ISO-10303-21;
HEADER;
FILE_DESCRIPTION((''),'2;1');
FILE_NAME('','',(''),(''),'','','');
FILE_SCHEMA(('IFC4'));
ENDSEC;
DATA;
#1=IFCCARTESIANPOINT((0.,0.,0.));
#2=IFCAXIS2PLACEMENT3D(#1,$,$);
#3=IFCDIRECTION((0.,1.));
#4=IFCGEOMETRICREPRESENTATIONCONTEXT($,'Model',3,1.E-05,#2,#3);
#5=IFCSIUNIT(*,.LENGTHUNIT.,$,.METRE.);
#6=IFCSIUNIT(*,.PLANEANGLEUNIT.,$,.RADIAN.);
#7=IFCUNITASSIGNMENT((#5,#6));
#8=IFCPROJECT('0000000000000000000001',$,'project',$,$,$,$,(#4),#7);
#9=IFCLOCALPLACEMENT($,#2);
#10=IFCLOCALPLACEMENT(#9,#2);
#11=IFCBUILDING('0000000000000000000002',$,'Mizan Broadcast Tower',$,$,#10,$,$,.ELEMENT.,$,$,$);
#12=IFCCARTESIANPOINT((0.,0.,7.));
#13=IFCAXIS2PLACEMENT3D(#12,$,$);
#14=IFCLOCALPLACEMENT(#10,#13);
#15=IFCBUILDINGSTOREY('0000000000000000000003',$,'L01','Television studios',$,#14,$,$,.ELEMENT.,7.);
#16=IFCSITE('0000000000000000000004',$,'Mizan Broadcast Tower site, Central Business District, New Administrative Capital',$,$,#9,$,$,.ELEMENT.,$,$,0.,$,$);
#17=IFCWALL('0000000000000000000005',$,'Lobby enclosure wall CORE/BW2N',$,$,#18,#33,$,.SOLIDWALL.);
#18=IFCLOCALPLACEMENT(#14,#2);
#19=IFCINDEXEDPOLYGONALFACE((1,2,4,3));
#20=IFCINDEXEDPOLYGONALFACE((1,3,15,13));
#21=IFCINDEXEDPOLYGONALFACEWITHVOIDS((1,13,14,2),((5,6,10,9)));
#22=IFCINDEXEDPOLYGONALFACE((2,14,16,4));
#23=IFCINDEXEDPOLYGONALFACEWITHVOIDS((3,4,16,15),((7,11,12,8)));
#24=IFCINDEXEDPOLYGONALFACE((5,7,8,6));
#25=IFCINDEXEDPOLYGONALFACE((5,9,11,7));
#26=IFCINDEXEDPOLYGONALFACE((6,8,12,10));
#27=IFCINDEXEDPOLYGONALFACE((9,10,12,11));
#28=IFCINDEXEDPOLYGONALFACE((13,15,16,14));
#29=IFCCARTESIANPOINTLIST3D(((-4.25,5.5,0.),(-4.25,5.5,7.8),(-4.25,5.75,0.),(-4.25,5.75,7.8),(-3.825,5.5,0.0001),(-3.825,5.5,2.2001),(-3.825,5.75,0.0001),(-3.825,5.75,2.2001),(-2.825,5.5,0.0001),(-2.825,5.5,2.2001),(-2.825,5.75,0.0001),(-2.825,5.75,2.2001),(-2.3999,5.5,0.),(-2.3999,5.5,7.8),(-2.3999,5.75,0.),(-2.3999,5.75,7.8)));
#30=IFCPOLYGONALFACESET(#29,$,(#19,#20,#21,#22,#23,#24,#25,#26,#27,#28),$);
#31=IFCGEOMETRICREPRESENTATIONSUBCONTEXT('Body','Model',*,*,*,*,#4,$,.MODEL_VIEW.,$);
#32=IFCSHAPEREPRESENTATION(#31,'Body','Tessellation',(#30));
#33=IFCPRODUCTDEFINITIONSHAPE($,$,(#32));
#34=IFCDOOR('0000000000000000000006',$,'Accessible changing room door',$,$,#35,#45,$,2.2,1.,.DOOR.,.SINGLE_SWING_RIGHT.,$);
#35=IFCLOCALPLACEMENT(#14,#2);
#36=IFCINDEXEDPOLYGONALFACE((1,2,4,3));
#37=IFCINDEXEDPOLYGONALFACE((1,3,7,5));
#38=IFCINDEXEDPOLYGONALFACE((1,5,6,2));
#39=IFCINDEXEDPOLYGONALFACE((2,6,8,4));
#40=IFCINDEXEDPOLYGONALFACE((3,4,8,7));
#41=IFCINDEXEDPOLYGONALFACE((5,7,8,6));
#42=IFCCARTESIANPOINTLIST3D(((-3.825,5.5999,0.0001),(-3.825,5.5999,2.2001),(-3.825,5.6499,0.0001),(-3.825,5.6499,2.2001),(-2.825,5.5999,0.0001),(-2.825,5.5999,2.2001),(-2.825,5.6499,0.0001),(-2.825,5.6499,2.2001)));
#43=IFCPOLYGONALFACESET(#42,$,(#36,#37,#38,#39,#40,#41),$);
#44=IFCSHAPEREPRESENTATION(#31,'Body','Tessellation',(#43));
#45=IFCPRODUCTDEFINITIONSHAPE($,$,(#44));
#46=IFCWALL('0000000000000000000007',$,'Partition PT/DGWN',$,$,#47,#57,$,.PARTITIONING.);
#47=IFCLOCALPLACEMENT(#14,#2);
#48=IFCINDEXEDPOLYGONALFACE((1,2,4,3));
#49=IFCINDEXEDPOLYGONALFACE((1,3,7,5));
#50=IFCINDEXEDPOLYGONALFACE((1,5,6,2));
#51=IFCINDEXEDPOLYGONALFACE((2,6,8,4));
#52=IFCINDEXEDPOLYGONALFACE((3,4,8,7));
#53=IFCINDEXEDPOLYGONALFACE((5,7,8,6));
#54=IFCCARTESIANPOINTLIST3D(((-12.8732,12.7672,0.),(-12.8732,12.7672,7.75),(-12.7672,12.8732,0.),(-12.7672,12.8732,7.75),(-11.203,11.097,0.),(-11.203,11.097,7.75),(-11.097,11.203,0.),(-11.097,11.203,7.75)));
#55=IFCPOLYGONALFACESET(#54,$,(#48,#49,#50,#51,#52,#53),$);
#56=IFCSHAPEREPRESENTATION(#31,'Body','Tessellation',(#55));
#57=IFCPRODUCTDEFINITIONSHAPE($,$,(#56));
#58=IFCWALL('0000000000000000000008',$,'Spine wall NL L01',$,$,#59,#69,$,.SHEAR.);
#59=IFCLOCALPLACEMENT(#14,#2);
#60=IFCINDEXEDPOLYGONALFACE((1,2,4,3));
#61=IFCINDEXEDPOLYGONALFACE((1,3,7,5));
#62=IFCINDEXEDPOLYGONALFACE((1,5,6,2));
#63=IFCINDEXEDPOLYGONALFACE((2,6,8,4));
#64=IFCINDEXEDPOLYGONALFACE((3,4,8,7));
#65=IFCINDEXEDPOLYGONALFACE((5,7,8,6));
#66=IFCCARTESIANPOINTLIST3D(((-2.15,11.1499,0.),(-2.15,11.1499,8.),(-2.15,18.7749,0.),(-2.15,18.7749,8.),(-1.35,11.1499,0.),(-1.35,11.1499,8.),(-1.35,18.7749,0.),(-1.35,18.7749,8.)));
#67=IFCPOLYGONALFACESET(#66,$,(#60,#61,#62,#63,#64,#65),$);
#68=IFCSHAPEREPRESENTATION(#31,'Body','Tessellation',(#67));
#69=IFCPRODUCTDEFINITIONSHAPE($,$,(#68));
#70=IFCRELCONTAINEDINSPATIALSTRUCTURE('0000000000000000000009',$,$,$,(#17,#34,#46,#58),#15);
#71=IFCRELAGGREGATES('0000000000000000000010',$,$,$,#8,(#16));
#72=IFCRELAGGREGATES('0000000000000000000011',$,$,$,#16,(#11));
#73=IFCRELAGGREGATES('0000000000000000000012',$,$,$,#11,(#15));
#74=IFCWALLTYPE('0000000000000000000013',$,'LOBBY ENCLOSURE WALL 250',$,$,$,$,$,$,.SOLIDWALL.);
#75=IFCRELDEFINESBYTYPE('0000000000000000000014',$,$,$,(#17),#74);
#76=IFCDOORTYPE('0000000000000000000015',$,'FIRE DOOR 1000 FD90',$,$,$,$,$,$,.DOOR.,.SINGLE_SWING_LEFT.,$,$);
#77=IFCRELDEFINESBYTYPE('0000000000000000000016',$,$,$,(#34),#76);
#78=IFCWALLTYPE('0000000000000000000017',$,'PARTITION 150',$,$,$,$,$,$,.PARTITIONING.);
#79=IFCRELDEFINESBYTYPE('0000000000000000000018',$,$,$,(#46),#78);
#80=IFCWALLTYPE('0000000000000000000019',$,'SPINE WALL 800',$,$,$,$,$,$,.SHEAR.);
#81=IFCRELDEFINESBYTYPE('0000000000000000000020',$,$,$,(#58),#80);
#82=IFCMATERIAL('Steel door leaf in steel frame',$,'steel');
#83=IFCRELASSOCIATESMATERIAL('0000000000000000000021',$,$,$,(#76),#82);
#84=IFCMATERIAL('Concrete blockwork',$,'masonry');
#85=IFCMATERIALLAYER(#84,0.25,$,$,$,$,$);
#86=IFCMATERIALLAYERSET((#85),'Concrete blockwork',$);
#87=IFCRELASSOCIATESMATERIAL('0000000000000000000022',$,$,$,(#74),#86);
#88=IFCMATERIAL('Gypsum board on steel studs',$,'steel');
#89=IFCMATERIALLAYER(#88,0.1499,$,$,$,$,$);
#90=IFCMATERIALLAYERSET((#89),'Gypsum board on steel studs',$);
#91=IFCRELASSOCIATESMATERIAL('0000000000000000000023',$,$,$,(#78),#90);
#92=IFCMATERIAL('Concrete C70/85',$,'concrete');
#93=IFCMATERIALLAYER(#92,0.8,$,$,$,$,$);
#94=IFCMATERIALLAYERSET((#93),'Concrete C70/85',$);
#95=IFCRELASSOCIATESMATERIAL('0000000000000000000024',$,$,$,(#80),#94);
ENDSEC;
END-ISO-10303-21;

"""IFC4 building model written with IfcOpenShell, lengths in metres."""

from ifc_helpers import new_model, si_unit, direction, frame, frame_2d, origin, place, context, subcontext, project, spatial, rectangle, extrude, material, layer, layer_set, type_object, element, fill, save


model = new_model("IFC4")

# Units and contexts
model_context = context("Model", 3, precision=1e-05, world=origin(), true_north=direction((0.0, 1.0)))
body_context = subcontext(model_context, "Body", "Model", "MODEL_VIEW")
ifc_project = project(units=[si_unit("LENGTHUNIT", "METRE"), si_unit("PLANEANGLEUNIT", "RADIAN")], contexts=[model_context])

# Site, building, storey
site_placement = place(None, origin())
site = spatial("IfcSite", under=ifc_project, at=site_placement, Name="Mizan Broadcast Tower site, Central Business District, New Administrative Capital", CompositionType="ELEMENT", RefElevation=0.0)
building_placement = place(site_placement, origin())
building = spatial("IfcBuilding", under=site, at=building_placement, Name="Mizan Broadcast Tower", CompositionType="ELEMENT")
storey_placement = place(building_placement, frame((0.0, 0.0, 7.0)))
storey = spatial("IfcBuildingStorey", under=building, at=storey_placement, Name="L01", Description="Television studios", CompositionType="ELEMENT", Elevation=7.0)

# Wall, opening, door
ifc_material_1 = material(Name="Steel door leaf in steel frame", Category="steel")
door_type_1 = type_object("IfcDoorType", Name="FIRE DOOR 1000 FD90", OperationType="SINGLE_SWING_LEFT", PredefinedType="DOOR", material=ifc_material_1)
ifc_material_2 = material(Name="Concrete blockwork", Category="masonry")
ifc_layer_1 = layer(ifc_material_2, 0.25)
ifc_layer_set_1 = layer_set([ifc_layer_1], Name="Concrete blockwork")
wall_type_1 = type_object("IfcWallType", Name="LOBBY ENCLOSURE WALL 250", PredefinedType="SOLIDWALL", material=ifc_layer_set_1)
wall_1_placement = place(storey_placement, frame((-4.25, 5.625, 0.0), z_axis=(0.0, 0.0, 1.0), x_axis=(1.0, 0.0, 0.0)))
wall_1 = element("IfcWall", 1, at=wall_1_placement, inside=storey, type_object=wall_type_1, Name="Lobby enclosure wall CORE/BW2N", PredefinedType="SOLIDWALL", context=body_context, shape_type="SweptSolid", body=[
    extrude(rectangle(XDim=1.8501, YDim=0.25, at=frame_2d((0.925, 0.0))), origin(), (0.0, 0.0, 1.0), 7.8),
])
opening_1_placement = place(wall_1_placement, frame((0.425, 0.0, 0.0)))
opening_1 = element("IfcOpeningElement", 2, at=opening_1_placement, cuts=wall_1, PredefinedType="OPENING", context=body_context, shape_type="SweptSolid", body=[
    extrude(rectangle(XDim=1.0, YDim=2.2, at=frame_2d((0.5, 1.1001))), frame((0.0, 0.135, 0.0), z_axis=(0.0, -1.0, 0.0), x_axis=(1.0, 0.0, 0.0)), (0.0, 0.0, 1.0), 0.27),
])
door_1_placement = place(opening_1_placement, origin())
door_1 = element("IfcDoor", 3, at=door_1_placement, inside=storey, type_object=door_type_1, Name="Accessible changing room door", OperationType="SINGLE_SWING_RIGHT", OverallHeight=2.2, OverallWidth=1.0, PredefinedType="DOOR", context=body_context, shape_type="SweptSolid", body=[
    extrude(rectangle(XDim=1.0, YDim=2.2, at=frame_2d((0.5, 1.1001))), frame((0.0, 0.0249, 0.0), z_axis=(0.0, -1.0, 0.0), x_axis=(1.0, 0.0, 0.0)), (0.0, 0.0, 1.0), 0.05),
])
fill(opening_1, door_1)

# Walls
ifc_material_3 = material(Name="Gypsum board on steel studs", Category="steel")
ifc_layer_2 = layer(ifc_material_3, 0.1499)
ifc_layer_set_2 = layer_set([ifc_layer_2], Name="Gypsum board on steel studs")
wall_type_2 = type_object("IfcWallType", Name="PARTITION 150", PredefinedType="PARTITIONING", material=ifc_layer_set_2)
wall_2_placement = place(storey_placement, frame((-11.1499, 11.1499, 0.0), z_axis=(0.0, 0.0, 1.0), x_axis=(-0.707107, 0.707107, 0.0)))
element("IfcWall", 4, at=wall_2_placement, inside=storey, type_object=wall_type_2, Name="Partition PT/DGWN", PredefinedType="PARTITIONING", context=body_context, shape_type="SweptSolid", body=[
    extrude(rectangle(XDim=2.3621, YDim=0.1499, at=frame_2d((1.1812, 0.0))), origin(), (0.0, 0.0, 1.0), 7.75),
])
ifc_material_4 = material(Name="Concrete C70/85", Category="concrete")
ifc_layer_3 = layer(ifc_material_4, 0.8)
ifc_layer_set_3 = layer_set([ifc_layer_3], Name="Concrete C70/85")
wall_type_3 = type_object("IfcWallType", Name="SPINE WALL 800", PredefinedType="SHEAR", material=ifc_layer_set_3)
wall_3_placement = place(storey_placement, frame((-1.75, 11.1499, 0.0), z_axis=(0.0, 0.0, 1.0), x_axis=(0.0, 1.0, 0.0)))
element("IfcWall", 5, at=wall_3_placement, inside=storey, type_object=wall_type_3, Name="Spine wall NL L01", PredefinedType="SHEAR", context=body_context, shape_type="SweptSolid", body=[
    extrude(rectangle(XDim=7.625, YDim=0.8, at=frame_2d((3.8125, 0.0))), origin(), (0.0, 0.0, 1.0), 8.0),
])

save(model, "model.ifc")
